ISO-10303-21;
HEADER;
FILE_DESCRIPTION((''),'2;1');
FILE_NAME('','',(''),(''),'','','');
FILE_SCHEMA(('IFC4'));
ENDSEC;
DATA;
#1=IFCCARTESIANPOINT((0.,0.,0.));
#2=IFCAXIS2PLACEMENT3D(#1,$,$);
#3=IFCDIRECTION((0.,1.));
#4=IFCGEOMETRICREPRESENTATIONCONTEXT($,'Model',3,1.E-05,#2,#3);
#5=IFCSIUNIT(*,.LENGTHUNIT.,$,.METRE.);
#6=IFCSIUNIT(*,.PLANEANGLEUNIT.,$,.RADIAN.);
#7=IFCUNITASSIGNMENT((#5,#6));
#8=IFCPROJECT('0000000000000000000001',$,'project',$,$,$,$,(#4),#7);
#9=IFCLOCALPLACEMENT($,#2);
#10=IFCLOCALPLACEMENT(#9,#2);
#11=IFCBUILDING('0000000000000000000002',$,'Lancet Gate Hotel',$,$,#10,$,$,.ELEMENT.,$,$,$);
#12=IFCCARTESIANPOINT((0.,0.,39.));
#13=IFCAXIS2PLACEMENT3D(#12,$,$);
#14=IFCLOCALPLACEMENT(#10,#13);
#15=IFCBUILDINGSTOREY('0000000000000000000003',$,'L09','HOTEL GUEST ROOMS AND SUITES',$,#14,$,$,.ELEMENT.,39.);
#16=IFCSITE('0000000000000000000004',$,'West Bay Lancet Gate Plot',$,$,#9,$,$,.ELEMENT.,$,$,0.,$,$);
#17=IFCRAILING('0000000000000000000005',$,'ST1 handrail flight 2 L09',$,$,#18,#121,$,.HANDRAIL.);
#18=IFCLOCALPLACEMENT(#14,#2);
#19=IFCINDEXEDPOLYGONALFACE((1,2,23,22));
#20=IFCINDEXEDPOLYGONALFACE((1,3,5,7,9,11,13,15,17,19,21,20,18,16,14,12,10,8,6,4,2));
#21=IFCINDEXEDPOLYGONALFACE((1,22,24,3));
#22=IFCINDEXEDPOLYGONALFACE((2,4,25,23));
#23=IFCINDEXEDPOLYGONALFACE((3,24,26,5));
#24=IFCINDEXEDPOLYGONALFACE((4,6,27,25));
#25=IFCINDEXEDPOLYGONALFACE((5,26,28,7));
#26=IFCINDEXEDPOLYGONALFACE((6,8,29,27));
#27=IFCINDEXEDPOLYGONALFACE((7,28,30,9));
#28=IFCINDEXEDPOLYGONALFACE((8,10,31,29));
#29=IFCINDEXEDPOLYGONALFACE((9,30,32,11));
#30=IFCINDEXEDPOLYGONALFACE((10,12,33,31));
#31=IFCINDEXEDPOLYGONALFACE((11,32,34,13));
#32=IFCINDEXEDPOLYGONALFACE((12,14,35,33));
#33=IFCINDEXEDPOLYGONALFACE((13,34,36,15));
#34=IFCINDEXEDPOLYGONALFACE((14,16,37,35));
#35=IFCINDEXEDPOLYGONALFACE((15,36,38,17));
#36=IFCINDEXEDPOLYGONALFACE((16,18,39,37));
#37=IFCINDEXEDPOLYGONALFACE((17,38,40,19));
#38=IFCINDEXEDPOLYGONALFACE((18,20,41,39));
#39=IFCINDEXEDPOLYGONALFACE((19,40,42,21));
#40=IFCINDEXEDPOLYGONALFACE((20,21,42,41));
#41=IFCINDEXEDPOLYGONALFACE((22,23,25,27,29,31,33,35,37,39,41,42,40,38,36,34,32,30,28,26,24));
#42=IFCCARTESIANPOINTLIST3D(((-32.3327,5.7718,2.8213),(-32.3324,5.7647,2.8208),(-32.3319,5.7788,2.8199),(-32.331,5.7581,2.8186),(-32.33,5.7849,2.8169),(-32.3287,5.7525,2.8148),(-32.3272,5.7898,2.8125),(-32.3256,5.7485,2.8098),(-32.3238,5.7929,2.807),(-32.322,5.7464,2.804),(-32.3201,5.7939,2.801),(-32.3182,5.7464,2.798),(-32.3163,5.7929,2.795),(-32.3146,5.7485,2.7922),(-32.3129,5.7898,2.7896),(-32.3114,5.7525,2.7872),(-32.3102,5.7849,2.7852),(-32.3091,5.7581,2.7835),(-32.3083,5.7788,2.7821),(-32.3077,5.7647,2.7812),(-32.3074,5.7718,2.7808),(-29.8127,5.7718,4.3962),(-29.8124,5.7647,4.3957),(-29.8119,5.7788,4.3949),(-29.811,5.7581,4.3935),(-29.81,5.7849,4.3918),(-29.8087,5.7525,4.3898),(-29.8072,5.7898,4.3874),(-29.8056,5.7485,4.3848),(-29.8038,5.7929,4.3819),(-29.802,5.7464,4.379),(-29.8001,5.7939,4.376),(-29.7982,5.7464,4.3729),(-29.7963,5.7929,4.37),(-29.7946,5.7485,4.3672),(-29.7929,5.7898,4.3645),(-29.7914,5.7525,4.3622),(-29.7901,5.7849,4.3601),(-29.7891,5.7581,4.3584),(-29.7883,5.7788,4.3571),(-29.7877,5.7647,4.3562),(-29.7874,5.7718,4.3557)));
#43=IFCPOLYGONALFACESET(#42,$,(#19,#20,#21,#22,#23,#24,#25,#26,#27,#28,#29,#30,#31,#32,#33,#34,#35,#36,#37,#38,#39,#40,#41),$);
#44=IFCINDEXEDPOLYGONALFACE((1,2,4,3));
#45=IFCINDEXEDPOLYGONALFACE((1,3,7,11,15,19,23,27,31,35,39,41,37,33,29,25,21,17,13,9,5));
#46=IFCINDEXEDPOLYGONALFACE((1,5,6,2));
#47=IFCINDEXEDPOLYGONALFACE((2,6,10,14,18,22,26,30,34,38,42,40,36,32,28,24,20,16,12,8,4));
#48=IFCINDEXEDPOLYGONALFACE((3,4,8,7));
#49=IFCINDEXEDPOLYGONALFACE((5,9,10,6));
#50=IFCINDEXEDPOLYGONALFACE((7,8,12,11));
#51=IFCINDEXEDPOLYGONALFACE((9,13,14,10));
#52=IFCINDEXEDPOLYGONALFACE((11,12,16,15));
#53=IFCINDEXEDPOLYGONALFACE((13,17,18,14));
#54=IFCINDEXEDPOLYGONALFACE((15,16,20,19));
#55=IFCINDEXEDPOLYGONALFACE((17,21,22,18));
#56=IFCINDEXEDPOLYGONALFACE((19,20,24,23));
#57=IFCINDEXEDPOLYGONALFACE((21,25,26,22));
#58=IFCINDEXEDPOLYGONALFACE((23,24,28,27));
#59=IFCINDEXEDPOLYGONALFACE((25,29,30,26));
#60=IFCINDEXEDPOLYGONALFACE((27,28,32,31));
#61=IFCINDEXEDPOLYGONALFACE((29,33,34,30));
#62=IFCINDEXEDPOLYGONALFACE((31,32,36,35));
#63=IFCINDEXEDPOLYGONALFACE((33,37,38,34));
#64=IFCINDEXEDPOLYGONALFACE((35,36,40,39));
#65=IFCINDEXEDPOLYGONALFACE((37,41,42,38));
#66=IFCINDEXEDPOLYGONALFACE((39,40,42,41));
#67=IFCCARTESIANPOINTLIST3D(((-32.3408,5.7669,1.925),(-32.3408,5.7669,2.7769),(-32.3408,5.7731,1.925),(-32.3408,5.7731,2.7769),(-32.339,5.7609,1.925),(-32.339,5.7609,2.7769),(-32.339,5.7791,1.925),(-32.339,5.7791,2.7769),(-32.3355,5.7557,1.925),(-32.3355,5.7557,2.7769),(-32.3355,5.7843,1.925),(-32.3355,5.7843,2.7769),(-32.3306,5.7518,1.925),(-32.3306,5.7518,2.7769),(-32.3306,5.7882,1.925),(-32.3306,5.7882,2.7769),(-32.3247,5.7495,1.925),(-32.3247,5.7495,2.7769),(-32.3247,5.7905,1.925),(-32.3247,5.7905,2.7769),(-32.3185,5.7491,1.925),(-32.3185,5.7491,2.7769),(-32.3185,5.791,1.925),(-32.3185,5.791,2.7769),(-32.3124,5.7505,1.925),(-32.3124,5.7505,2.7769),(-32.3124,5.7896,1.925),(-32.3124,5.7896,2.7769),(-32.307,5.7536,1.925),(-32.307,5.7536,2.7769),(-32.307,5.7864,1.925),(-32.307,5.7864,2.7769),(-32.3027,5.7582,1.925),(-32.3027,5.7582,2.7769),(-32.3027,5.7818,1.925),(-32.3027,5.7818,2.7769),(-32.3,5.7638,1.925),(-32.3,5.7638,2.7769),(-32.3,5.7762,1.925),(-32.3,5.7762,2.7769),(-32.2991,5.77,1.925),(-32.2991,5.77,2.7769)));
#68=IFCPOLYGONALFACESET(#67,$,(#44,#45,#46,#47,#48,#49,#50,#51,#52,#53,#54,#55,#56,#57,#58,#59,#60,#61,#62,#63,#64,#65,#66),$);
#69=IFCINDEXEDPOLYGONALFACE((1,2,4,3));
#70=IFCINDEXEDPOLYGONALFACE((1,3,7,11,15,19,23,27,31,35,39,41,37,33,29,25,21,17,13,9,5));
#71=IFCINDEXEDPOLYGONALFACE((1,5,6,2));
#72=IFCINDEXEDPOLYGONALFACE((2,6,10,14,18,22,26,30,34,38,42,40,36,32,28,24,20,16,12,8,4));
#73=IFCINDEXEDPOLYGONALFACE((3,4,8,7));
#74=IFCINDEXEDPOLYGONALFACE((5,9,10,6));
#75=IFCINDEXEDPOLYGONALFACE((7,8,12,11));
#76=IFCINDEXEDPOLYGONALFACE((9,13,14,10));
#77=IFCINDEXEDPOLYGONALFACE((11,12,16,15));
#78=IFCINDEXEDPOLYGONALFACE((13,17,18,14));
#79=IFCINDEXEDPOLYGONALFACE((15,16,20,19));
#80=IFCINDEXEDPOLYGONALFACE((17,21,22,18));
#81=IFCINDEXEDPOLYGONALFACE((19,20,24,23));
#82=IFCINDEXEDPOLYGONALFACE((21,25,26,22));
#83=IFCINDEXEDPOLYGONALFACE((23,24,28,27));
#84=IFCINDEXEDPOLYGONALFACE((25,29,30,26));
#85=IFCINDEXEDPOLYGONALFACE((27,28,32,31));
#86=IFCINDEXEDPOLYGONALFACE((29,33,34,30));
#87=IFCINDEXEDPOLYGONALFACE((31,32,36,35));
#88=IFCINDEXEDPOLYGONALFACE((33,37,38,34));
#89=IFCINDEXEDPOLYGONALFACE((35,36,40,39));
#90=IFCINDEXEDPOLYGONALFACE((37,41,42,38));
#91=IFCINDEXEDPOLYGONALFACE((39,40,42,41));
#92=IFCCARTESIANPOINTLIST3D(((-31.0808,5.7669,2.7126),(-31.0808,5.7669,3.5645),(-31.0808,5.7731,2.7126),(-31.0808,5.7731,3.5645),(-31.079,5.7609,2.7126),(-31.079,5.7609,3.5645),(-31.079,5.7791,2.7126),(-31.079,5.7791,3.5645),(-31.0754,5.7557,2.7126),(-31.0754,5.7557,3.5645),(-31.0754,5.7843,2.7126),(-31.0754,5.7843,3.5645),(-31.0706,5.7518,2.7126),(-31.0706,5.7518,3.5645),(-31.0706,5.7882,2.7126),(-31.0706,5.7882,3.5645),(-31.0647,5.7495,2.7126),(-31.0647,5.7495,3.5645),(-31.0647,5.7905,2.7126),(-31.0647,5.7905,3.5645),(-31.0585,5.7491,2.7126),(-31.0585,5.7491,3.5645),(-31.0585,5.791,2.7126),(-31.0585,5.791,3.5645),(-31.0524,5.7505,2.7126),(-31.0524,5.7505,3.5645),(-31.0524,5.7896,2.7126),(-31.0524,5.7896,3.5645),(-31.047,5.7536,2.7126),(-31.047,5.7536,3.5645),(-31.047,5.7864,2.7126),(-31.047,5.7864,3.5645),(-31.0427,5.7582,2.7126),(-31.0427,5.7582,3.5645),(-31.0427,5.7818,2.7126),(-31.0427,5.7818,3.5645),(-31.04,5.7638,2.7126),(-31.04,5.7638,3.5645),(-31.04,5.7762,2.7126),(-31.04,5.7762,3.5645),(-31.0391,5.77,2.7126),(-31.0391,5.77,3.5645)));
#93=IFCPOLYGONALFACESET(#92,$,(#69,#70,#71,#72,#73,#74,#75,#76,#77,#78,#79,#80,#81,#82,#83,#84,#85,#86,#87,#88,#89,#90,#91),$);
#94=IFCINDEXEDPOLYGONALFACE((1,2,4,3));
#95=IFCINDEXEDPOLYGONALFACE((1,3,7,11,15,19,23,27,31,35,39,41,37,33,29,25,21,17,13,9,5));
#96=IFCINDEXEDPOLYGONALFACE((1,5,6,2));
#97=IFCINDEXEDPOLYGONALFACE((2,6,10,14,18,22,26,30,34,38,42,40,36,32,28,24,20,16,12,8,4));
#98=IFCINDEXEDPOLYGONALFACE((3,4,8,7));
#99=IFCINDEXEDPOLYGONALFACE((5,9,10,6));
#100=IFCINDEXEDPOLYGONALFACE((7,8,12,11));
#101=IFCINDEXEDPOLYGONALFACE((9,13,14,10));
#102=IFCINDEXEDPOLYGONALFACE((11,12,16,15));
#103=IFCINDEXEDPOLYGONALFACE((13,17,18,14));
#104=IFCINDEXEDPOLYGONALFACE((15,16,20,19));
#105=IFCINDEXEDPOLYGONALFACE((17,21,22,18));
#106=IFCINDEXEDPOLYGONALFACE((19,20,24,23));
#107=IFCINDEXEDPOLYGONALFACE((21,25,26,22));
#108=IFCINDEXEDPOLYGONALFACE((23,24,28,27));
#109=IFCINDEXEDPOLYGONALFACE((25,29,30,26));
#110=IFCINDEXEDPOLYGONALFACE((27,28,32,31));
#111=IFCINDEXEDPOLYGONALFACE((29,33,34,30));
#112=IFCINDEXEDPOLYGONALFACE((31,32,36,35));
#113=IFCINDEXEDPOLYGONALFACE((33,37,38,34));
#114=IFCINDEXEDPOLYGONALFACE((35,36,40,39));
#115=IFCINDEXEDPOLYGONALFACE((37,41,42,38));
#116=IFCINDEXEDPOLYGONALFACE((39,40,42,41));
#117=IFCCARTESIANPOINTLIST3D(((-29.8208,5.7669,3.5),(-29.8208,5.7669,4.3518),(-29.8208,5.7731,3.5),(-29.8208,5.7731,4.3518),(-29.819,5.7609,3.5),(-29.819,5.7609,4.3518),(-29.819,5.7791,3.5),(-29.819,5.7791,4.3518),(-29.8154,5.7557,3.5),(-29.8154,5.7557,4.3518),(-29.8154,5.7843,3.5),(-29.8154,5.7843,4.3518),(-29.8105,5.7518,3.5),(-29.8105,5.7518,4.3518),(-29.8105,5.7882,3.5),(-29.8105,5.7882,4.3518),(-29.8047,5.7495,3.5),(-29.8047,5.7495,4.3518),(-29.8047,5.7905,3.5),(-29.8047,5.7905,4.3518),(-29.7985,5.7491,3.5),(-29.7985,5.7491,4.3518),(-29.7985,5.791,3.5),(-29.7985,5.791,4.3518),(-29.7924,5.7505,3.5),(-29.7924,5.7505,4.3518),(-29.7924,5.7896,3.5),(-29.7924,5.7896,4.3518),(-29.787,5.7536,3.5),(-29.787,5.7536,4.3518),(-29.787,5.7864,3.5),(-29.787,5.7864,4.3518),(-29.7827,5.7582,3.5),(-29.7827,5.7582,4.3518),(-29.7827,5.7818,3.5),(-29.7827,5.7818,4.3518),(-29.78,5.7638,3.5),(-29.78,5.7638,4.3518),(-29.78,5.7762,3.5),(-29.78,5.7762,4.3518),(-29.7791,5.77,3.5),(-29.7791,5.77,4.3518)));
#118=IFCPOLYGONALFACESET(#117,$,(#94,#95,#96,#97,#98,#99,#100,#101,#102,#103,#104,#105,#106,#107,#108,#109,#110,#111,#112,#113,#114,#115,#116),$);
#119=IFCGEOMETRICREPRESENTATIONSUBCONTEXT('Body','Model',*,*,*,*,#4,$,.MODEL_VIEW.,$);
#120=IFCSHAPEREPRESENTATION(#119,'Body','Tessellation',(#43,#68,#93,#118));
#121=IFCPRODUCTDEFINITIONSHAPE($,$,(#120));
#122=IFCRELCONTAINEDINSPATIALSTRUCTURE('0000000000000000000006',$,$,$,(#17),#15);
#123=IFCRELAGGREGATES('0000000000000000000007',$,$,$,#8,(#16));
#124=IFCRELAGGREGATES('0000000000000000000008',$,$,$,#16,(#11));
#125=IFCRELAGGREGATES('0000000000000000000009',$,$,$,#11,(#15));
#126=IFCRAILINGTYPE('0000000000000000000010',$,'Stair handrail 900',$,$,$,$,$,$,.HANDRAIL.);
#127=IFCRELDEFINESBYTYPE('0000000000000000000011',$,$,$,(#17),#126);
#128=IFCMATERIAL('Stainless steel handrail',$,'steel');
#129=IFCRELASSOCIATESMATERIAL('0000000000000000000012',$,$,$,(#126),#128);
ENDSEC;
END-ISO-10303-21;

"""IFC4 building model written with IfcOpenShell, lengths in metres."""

from ifc_helpers import new_model, si_unit, direction, frame, origin, origin_2d, place, context, subcontext, project, spatial, circle, extrude, material, type_object, element, save


model = new_model("IFC4")

# Units and contexts
model_context = context("Model", 3, precision=1e-05, world=origin(), true_north=direction((0.0, 1.0)))
body_context = subcontext(model_context, "Body", "Model", "MODEL_VIEW")
ifc_project = project(units=[si_unit("LENGTHUNIT", "METRE"), si_unit("PLANEANGLEUNIT", "RADIAN")], contexts=[model_context])

# Site, building, storey
site_placement = place(None, origin())
site = spatial("IfcSite", under=ifc_project, at=site_placement, Name="West Bay Lancet Gate Plot", CompositionType="ELEMENT", RefElevation=0.0)
building_placement = place(site_placement, origin())
building = spatial("IfcBuilding", under=site, at=building_placement, Name="Lancet Gate Hotel", CompositionType="ELEMENT")
storey_placement = place(building_placement, frame((0.0, 0.0, 39.0)))
storey = spatial("IfcBuildingStorey", under=building, at=storey_placement, Name="L09", Description="HOTEL GUEST ROOMS AND SUITES", CompositionType="ELEMENT", Elevation=39.0)

# Railing
ifc_material_1 = material(Name="Stainless steel handrail", Category="steel")
railing_type = type_object("IfcRailingType", Name="Stair handrail 900", PredefinedType="HANDRAIL", material=ifc_material_1)
railing_1_placement = place(storey_placement, frame((-32.3201, 5.77, 1.925)))
element("IfcRailing", 1, at=railing_1_placement, inside=storey, type_object=railing_type, Name="ST1 handrail flight 2 L09", PredefinedType="HANDRAIL", context=body_context, shape_type="SweptSolid", body=[
    extrude(circle(Radius=0.0239, at=origin_2d()), frame((0.0, 0.0, 0.876), z_axis=(0.848008, 0.0, 0.529984), x_axis=(0.0, 1.0, 0.0)), (0.0, 0.0, 1.0), 2.9717),
    extrude(circle(Radius=0.021, at=origin_2d()), origin(), (0.0, 0.0, 1.0), 0.8518),
    extrude(circle(Radius=0.021, at=origin_2d()), frame((1.26, 0.0, 0.7876)), (0.0, 0.0, 1.0), 0.8518),
    extrude(circle(Radius=0.021, at=origin_2d()), frame((2.52, 0.0, 1.575)), (0.0, 0.0, 1.0), 0.8518),
])

save(model, "model.ifc")
